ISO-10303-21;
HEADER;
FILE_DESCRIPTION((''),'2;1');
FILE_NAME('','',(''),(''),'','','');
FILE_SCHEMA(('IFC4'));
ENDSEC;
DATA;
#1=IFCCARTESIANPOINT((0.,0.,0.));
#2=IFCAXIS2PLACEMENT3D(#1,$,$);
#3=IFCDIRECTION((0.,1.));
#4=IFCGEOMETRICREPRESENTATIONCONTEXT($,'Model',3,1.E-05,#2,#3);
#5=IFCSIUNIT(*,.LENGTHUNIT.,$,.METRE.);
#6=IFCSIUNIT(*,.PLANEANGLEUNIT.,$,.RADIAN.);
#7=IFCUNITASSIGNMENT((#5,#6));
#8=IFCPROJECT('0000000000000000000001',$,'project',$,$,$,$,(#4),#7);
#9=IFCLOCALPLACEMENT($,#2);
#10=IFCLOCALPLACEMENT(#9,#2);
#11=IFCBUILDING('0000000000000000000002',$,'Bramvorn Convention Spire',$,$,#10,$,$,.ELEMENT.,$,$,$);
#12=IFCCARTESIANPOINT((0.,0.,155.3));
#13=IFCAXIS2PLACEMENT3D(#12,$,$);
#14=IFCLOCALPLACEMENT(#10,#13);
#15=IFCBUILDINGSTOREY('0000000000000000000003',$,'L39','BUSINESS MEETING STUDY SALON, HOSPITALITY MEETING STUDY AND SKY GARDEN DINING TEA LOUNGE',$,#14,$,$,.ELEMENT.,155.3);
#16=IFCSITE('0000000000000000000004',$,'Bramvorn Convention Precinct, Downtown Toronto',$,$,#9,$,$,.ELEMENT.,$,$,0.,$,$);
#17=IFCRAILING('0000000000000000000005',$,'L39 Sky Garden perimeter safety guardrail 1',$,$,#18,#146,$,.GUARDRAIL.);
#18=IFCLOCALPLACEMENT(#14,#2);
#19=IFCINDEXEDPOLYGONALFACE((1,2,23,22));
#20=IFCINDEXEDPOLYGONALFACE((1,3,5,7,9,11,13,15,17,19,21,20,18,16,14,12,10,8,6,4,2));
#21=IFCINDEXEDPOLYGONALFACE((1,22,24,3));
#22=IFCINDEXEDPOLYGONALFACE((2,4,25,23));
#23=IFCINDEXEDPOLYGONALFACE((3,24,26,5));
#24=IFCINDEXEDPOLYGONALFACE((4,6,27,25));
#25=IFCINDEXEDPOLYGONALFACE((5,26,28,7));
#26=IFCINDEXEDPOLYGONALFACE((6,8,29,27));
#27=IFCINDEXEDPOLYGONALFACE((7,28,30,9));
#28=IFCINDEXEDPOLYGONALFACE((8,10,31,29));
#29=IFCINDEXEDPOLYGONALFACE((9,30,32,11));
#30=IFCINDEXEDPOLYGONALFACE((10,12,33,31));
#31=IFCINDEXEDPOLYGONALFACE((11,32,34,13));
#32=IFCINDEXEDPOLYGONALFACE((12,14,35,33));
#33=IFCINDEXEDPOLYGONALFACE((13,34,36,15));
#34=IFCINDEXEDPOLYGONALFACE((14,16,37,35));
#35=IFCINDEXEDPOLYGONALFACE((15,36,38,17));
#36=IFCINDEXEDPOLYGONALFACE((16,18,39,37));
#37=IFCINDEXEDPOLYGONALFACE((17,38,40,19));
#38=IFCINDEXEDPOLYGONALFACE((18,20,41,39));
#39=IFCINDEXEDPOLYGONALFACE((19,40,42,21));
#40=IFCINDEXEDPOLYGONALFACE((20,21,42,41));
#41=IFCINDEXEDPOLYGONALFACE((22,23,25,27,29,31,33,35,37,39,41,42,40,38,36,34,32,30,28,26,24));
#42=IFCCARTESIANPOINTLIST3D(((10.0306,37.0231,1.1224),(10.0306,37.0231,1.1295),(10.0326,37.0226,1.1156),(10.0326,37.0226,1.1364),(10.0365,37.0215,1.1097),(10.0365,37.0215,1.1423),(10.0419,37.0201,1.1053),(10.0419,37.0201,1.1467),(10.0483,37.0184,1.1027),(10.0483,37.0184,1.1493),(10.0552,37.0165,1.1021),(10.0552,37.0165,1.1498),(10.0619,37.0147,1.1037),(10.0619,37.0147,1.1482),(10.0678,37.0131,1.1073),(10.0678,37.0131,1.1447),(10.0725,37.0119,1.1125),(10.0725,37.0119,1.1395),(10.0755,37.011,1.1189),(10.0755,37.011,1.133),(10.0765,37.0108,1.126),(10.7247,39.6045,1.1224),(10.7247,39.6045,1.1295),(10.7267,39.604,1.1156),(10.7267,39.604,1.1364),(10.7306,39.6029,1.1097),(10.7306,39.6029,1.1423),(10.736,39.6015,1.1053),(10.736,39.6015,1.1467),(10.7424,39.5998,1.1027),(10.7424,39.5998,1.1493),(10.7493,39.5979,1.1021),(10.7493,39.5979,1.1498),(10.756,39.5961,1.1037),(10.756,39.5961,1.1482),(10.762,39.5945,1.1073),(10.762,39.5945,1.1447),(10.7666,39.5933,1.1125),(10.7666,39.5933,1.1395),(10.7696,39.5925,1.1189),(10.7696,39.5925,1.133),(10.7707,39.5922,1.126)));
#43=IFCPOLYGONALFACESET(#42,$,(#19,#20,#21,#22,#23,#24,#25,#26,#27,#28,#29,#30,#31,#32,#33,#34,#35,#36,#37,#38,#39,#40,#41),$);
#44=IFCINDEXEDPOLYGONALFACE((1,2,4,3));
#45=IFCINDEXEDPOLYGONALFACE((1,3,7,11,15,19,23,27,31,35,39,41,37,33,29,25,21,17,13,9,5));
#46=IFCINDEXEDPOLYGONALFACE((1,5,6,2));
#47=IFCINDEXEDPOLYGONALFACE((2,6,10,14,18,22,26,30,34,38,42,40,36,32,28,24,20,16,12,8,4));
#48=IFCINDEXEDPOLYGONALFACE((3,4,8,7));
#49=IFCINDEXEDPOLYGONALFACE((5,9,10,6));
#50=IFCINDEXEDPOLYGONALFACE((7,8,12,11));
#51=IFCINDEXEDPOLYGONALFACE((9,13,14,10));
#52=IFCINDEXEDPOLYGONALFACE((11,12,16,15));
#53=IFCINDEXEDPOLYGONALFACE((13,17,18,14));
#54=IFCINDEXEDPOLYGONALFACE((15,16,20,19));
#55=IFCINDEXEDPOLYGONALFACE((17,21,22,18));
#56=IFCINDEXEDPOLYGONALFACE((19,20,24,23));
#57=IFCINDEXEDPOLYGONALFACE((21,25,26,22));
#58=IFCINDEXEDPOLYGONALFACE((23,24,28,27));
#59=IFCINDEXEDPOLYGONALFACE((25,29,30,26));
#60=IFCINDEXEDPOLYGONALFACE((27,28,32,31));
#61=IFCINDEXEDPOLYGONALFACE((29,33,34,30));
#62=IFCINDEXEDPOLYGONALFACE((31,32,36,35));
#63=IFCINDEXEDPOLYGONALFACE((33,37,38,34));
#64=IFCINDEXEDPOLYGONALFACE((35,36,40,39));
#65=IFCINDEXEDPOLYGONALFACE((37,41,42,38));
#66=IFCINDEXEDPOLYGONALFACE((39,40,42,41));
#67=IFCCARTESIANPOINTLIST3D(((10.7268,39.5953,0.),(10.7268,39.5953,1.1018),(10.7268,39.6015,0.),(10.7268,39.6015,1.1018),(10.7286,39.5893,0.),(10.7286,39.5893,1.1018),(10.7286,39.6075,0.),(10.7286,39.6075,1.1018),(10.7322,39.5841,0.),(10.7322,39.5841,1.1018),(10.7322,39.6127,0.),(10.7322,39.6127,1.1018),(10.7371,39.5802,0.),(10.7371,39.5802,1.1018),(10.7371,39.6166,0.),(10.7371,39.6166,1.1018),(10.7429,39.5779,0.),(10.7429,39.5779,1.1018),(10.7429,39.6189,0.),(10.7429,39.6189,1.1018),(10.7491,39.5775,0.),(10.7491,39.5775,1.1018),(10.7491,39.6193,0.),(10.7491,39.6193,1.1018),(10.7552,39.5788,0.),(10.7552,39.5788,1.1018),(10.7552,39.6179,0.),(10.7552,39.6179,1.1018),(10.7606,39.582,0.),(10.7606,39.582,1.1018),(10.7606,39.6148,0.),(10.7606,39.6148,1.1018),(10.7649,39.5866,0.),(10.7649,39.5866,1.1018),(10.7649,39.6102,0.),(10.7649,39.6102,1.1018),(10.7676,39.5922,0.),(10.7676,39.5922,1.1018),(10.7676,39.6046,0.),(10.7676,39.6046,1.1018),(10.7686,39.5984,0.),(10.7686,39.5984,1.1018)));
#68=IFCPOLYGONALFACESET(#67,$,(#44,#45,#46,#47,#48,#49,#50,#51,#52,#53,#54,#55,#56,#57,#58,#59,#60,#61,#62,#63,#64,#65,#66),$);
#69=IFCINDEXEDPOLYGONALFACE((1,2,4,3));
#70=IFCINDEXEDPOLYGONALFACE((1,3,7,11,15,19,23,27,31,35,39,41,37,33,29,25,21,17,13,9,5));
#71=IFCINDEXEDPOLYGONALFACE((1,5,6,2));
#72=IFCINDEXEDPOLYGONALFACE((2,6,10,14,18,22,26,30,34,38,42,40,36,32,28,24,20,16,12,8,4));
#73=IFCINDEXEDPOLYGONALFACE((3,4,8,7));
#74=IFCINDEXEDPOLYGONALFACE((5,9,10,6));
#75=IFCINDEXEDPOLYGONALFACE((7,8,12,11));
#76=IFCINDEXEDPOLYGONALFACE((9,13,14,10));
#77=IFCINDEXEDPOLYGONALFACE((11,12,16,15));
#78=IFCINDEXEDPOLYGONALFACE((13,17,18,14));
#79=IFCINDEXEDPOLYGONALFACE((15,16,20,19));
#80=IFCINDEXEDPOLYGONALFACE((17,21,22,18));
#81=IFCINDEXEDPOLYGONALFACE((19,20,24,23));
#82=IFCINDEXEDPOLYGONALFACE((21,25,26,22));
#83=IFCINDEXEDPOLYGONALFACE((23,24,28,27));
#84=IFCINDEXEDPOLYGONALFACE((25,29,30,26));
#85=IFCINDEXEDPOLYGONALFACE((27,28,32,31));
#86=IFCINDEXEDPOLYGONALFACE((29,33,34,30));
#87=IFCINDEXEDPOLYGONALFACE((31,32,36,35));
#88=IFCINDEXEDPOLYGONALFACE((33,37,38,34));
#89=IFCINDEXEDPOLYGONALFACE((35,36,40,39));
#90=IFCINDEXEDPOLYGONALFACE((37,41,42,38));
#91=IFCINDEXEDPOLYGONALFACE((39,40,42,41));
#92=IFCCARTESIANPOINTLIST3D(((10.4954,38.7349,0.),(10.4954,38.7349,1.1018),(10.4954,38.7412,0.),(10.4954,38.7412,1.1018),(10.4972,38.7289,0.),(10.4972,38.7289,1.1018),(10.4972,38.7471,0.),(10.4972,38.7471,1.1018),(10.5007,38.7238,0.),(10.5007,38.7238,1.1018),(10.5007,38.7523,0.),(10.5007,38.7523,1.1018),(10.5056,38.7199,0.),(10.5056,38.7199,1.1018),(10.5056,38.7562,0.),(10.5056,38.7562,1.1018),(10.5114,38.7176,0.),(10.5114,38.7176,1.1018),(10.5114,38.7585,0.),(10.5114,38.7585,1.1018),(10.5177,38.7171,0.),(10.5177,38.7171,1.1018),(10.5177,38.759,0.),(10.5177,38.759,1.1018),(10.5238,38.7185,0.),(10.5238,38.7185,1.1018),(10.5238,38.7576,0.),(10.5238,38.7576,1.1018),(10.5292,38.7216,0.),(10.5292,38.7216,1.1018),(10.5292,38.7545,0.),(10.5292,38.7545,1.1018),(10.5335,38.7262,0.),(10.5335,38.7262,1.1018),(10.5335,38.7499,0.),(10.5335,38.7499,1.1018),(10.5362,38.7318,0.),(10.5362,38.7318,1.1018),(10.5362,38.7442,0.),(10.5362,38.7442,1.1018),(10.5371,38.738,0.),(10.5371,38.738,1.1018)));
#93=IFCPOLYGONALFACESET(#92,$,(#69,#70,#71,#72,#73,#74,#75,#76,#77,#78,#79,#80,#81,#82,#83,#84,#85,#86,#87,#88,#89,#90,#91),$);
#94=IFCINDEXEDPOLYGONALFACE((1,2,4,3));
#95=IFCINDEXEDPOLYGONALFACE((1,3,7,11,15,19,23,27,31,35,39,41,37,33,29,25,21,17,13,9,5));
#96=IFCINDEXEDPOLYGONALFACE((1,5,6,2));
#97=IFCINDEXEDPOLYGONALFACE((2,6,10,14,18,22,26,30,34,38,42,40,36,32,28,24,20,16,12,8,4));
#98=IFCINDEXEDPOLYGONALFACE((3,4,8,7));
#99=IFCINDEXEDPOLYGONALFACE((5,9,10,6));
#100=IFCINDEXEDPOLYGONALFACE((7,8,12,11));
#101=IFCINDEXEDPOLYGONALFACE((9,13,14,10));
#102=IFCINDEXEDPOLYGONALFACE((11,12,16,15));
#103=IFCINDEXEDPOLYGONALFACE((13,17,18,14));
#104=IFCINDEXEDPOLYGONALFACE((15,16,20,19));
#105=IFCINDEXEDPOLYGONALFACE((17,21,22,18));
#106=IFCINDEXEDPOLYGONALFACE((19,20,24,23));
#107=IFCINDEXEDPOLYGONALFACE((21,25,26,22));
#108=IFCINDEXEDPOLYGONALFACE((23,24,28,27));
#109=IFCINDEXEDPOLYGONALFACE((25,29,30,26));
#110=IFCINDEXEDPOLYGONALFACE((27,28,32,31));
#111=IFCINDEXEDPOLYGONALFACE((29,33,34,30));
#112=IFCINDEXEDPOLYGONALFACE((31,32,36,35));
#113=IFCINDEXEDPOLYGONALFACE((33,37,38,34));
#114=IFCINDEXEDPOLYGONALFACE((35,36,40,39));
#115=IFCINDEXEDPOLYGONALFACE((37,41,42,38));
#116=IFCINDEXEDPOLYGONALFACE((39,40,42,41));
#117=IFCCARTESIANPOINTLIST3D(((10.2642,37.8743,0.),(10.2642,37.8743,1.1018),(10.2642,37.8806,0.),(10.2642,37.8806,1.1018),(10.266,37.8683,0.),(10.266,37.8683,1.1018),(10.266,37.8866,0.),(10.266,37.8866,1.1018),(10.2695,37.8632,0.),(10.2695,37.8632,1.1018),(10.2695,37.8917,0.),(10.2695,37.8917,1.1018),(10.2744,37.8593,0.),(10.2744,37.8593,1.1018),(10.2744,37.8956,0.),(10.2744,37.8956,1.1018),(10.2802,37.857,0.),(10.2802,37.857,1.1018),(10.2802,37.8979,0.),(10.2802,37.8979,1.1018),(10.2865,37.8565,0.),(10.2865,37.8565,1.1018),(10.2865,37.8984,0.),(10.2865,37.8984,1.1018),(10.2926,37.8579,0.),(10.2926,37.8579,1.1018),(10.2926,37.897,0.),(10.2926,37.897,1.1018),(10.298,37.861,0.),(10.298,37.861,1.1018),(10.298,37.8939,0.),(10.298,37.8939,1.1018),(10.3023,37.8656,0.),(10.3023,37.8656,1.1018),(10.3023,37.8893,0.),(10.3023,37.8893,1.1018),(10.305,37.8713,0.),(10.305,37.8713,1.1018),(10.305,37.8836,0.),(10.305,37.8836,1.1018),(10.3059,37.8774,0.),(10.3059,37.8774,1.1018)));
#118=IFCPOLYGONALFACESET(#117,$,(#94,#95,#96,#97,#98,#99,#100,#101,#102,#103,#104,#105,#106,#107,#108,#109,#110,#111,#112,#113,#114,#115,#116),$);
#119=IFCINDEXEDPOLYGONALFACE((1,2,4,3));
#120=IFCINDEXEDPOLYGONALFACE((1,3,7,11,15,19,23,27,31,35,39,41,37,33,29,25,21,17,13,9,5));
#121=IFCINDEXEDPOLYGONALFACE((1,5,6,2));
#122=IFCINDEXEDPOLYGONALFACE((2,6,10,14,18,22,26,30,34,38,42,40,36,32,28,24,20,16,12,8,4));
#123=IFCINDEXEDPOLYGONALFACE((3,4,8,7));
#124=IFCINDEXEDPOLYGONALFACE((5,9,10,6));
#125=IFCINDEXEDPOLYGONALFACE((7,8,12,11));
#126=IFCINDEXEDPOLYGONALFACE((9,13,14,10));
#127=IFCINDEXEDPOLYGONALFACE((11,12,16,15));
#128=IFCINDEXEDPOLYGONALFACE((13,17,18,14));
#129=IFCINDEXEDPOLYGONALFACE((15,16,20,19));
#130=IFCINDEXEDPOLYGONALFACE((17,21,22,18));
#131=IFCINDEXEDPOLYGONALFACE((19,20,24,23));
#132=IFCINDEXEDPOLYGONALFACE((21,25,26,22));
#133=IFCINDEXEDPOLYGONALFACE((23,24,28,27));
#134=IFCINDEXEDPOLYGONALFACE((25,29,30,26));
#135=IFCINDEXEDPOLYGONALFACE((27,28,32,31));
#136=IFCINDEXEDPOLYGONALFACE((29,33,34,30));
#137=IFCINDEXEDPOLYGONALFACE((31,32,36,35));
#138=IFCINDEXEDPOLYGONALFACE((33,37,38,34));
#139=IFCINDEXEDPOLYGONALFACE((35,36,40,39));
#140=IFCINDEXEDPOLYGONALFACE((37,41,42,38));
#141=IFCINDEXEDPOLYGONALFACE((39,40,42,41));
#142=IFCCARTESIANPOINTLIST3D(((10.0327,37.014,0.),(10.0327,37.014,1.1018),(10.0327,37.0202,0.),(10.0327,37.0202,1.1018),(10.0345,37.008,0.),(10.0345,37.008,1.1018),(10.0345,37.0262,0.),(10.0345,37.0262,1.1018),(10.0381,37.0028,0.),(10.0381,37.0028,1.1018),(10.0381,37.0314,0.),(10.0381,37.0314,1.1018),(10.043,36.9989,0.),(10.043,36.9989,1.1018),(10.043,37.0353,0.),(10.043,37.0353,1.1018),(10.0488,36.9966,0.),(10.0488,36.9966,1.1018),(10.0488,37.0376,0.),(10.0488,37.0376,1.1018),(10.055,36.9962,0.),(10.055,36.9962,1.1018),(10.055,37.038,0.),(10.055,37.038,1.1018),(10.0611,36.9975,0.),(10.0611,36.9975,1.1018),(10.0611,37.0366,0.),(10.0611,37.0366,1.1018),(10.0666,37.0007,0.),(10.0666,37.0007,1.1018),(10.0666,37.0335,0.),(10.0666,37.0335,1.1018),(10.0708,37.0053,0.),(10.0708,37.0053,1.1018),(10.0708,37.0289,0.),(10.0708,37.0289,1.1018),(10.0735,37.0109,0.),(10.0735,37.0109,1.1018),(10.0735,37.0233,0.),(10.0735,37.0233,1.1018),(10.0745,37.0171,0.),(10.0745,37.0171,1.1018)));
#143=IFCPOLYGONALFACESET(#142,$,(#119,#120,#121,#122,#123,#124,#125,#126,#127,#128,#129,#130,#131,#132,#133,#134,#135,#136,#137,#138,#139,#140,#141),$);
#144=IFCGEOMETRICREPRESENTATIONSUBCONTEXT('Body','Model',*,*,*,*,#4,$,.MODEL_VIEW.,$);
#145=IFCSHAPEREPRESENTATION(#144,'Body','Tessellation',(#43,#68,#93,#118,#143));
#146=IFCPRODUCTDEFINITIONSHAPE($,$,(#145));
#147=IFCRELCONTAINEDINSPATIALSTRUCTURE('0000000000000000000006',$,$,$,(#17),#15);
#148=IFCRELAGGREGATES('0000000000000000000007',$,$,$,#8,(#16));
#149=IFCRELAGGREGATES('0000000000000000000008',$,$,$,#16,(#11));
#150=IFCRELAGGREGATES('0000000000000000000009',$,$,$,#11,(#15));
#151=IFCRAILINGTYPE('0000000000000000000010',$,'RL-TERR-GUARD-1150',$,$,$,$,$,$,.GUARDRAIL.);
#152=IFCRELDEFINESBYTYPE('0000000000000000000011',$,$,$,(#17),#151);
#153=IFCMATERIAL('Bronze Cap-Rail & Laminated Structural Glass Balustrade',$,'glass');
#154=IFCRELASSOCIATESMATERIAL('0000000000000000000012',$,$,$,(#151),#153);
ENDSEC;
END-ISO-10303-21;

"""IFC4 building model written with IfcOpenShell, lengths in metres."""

from ifc_helpers import new_model, si_unit, direction, frame, origin, origin_2d, place, context, subcontext, project, spatial, circle, extrude, material, type_object, element, save


model = new_model("IFC4")

# Units and contexts
model_context = context("Model", 3, precision=1e-05, world=origin(), true_north=direction((0.0, 1.0)))
body_context = subcontext(model_context, "Body", "Model", "MODEL_VIEW")
ifc_project = project(units=[si_unit("LENGTHUNIT", "METRE"), si_unit("PLANEANGLEUNIT", "RADIAN")], contexts=[model_context])

# Site, building, storey
site_placement = place(None, origin())
site = spatial("IfcSite", under=ifc_project, at=site_placement, Name="Bramvorn Convention Precinct, Downtown Toronto", CompositionType="ELEMENT", RefElevation=0.0)
building_placement = place(site_placement, origin())
building = spatial("IfcBuilding", under=site, at=building_placement, Name="Bramvorn Convention Spire", CompositionType="ELEMENT")
storey_placement = place(building_placement, frame((0.0, 0.0, 155.3)))
storey = spatial("IfcBuildingStorey", under=building, at=storey_placement, Name="L39", Description="BUSINESS MEETING STUDY SALON, HOSPITALITY MEETING STUDY AND SKY GARDEN DINING TEA LOUNGE", CompositionType="ELEMENT", Elevation=155.3)

# Railing
ifc_material_1 = material(Name="Bronze Cap-Rail & Laminated Structural Glass Balustrade", Category="glass")
railing_type = type_object("IfcRailingType", Name="RL-TERR-GUARD-1150", PredefinedType="GUARDRAIL", material=ifc_material_1)
railing_1_placement = place(storey_placement, frame((10.7476, 39.5984, 0.0)))
element("IfcRailing", 1, at=railing_1_placement, inside=storey, type_object=railing_type, Name="L39 Sky Garden perimeter safety guardrail 1", PredefinedType="GUARDRAIL", context=body_context, shape_type="SweptSolid", body=[
    extrude(circle(Radius=0.0239, at=origin_2d()), frame((0.0, 0.0, 1.126), z_axis=(-0.259669, -0.965698, 0.0), x_axis=(0.965698, -0.259669, 0.0)), (0.0, 0.0, 1.0), 2.6731),
    extrude(circle(Radius=0.021, at=origin_2d()), origin(), (0.0, 0.0, 1.0), 1.1018),
    extrude(circle(Radius=0.021, at=origin_2d()), frame((-0.2314, -0.8604, 0.0)), (0.0, 0.0, 1.0), 1.1018),
    extrude(circle(Radius=0.021, at=origin_2d()), frame((-0.4626, -1.7209, 0.0)), (0.0, 0.0, 1.0), 1.1018),
    extrude(circle(Radius=0.021, at=origin_2d()), frame((-0.6941, -2.5813, 0.0)), (0.0, 0.0, 1.0), 1.1018),
])

save(model, "model.ifc")
